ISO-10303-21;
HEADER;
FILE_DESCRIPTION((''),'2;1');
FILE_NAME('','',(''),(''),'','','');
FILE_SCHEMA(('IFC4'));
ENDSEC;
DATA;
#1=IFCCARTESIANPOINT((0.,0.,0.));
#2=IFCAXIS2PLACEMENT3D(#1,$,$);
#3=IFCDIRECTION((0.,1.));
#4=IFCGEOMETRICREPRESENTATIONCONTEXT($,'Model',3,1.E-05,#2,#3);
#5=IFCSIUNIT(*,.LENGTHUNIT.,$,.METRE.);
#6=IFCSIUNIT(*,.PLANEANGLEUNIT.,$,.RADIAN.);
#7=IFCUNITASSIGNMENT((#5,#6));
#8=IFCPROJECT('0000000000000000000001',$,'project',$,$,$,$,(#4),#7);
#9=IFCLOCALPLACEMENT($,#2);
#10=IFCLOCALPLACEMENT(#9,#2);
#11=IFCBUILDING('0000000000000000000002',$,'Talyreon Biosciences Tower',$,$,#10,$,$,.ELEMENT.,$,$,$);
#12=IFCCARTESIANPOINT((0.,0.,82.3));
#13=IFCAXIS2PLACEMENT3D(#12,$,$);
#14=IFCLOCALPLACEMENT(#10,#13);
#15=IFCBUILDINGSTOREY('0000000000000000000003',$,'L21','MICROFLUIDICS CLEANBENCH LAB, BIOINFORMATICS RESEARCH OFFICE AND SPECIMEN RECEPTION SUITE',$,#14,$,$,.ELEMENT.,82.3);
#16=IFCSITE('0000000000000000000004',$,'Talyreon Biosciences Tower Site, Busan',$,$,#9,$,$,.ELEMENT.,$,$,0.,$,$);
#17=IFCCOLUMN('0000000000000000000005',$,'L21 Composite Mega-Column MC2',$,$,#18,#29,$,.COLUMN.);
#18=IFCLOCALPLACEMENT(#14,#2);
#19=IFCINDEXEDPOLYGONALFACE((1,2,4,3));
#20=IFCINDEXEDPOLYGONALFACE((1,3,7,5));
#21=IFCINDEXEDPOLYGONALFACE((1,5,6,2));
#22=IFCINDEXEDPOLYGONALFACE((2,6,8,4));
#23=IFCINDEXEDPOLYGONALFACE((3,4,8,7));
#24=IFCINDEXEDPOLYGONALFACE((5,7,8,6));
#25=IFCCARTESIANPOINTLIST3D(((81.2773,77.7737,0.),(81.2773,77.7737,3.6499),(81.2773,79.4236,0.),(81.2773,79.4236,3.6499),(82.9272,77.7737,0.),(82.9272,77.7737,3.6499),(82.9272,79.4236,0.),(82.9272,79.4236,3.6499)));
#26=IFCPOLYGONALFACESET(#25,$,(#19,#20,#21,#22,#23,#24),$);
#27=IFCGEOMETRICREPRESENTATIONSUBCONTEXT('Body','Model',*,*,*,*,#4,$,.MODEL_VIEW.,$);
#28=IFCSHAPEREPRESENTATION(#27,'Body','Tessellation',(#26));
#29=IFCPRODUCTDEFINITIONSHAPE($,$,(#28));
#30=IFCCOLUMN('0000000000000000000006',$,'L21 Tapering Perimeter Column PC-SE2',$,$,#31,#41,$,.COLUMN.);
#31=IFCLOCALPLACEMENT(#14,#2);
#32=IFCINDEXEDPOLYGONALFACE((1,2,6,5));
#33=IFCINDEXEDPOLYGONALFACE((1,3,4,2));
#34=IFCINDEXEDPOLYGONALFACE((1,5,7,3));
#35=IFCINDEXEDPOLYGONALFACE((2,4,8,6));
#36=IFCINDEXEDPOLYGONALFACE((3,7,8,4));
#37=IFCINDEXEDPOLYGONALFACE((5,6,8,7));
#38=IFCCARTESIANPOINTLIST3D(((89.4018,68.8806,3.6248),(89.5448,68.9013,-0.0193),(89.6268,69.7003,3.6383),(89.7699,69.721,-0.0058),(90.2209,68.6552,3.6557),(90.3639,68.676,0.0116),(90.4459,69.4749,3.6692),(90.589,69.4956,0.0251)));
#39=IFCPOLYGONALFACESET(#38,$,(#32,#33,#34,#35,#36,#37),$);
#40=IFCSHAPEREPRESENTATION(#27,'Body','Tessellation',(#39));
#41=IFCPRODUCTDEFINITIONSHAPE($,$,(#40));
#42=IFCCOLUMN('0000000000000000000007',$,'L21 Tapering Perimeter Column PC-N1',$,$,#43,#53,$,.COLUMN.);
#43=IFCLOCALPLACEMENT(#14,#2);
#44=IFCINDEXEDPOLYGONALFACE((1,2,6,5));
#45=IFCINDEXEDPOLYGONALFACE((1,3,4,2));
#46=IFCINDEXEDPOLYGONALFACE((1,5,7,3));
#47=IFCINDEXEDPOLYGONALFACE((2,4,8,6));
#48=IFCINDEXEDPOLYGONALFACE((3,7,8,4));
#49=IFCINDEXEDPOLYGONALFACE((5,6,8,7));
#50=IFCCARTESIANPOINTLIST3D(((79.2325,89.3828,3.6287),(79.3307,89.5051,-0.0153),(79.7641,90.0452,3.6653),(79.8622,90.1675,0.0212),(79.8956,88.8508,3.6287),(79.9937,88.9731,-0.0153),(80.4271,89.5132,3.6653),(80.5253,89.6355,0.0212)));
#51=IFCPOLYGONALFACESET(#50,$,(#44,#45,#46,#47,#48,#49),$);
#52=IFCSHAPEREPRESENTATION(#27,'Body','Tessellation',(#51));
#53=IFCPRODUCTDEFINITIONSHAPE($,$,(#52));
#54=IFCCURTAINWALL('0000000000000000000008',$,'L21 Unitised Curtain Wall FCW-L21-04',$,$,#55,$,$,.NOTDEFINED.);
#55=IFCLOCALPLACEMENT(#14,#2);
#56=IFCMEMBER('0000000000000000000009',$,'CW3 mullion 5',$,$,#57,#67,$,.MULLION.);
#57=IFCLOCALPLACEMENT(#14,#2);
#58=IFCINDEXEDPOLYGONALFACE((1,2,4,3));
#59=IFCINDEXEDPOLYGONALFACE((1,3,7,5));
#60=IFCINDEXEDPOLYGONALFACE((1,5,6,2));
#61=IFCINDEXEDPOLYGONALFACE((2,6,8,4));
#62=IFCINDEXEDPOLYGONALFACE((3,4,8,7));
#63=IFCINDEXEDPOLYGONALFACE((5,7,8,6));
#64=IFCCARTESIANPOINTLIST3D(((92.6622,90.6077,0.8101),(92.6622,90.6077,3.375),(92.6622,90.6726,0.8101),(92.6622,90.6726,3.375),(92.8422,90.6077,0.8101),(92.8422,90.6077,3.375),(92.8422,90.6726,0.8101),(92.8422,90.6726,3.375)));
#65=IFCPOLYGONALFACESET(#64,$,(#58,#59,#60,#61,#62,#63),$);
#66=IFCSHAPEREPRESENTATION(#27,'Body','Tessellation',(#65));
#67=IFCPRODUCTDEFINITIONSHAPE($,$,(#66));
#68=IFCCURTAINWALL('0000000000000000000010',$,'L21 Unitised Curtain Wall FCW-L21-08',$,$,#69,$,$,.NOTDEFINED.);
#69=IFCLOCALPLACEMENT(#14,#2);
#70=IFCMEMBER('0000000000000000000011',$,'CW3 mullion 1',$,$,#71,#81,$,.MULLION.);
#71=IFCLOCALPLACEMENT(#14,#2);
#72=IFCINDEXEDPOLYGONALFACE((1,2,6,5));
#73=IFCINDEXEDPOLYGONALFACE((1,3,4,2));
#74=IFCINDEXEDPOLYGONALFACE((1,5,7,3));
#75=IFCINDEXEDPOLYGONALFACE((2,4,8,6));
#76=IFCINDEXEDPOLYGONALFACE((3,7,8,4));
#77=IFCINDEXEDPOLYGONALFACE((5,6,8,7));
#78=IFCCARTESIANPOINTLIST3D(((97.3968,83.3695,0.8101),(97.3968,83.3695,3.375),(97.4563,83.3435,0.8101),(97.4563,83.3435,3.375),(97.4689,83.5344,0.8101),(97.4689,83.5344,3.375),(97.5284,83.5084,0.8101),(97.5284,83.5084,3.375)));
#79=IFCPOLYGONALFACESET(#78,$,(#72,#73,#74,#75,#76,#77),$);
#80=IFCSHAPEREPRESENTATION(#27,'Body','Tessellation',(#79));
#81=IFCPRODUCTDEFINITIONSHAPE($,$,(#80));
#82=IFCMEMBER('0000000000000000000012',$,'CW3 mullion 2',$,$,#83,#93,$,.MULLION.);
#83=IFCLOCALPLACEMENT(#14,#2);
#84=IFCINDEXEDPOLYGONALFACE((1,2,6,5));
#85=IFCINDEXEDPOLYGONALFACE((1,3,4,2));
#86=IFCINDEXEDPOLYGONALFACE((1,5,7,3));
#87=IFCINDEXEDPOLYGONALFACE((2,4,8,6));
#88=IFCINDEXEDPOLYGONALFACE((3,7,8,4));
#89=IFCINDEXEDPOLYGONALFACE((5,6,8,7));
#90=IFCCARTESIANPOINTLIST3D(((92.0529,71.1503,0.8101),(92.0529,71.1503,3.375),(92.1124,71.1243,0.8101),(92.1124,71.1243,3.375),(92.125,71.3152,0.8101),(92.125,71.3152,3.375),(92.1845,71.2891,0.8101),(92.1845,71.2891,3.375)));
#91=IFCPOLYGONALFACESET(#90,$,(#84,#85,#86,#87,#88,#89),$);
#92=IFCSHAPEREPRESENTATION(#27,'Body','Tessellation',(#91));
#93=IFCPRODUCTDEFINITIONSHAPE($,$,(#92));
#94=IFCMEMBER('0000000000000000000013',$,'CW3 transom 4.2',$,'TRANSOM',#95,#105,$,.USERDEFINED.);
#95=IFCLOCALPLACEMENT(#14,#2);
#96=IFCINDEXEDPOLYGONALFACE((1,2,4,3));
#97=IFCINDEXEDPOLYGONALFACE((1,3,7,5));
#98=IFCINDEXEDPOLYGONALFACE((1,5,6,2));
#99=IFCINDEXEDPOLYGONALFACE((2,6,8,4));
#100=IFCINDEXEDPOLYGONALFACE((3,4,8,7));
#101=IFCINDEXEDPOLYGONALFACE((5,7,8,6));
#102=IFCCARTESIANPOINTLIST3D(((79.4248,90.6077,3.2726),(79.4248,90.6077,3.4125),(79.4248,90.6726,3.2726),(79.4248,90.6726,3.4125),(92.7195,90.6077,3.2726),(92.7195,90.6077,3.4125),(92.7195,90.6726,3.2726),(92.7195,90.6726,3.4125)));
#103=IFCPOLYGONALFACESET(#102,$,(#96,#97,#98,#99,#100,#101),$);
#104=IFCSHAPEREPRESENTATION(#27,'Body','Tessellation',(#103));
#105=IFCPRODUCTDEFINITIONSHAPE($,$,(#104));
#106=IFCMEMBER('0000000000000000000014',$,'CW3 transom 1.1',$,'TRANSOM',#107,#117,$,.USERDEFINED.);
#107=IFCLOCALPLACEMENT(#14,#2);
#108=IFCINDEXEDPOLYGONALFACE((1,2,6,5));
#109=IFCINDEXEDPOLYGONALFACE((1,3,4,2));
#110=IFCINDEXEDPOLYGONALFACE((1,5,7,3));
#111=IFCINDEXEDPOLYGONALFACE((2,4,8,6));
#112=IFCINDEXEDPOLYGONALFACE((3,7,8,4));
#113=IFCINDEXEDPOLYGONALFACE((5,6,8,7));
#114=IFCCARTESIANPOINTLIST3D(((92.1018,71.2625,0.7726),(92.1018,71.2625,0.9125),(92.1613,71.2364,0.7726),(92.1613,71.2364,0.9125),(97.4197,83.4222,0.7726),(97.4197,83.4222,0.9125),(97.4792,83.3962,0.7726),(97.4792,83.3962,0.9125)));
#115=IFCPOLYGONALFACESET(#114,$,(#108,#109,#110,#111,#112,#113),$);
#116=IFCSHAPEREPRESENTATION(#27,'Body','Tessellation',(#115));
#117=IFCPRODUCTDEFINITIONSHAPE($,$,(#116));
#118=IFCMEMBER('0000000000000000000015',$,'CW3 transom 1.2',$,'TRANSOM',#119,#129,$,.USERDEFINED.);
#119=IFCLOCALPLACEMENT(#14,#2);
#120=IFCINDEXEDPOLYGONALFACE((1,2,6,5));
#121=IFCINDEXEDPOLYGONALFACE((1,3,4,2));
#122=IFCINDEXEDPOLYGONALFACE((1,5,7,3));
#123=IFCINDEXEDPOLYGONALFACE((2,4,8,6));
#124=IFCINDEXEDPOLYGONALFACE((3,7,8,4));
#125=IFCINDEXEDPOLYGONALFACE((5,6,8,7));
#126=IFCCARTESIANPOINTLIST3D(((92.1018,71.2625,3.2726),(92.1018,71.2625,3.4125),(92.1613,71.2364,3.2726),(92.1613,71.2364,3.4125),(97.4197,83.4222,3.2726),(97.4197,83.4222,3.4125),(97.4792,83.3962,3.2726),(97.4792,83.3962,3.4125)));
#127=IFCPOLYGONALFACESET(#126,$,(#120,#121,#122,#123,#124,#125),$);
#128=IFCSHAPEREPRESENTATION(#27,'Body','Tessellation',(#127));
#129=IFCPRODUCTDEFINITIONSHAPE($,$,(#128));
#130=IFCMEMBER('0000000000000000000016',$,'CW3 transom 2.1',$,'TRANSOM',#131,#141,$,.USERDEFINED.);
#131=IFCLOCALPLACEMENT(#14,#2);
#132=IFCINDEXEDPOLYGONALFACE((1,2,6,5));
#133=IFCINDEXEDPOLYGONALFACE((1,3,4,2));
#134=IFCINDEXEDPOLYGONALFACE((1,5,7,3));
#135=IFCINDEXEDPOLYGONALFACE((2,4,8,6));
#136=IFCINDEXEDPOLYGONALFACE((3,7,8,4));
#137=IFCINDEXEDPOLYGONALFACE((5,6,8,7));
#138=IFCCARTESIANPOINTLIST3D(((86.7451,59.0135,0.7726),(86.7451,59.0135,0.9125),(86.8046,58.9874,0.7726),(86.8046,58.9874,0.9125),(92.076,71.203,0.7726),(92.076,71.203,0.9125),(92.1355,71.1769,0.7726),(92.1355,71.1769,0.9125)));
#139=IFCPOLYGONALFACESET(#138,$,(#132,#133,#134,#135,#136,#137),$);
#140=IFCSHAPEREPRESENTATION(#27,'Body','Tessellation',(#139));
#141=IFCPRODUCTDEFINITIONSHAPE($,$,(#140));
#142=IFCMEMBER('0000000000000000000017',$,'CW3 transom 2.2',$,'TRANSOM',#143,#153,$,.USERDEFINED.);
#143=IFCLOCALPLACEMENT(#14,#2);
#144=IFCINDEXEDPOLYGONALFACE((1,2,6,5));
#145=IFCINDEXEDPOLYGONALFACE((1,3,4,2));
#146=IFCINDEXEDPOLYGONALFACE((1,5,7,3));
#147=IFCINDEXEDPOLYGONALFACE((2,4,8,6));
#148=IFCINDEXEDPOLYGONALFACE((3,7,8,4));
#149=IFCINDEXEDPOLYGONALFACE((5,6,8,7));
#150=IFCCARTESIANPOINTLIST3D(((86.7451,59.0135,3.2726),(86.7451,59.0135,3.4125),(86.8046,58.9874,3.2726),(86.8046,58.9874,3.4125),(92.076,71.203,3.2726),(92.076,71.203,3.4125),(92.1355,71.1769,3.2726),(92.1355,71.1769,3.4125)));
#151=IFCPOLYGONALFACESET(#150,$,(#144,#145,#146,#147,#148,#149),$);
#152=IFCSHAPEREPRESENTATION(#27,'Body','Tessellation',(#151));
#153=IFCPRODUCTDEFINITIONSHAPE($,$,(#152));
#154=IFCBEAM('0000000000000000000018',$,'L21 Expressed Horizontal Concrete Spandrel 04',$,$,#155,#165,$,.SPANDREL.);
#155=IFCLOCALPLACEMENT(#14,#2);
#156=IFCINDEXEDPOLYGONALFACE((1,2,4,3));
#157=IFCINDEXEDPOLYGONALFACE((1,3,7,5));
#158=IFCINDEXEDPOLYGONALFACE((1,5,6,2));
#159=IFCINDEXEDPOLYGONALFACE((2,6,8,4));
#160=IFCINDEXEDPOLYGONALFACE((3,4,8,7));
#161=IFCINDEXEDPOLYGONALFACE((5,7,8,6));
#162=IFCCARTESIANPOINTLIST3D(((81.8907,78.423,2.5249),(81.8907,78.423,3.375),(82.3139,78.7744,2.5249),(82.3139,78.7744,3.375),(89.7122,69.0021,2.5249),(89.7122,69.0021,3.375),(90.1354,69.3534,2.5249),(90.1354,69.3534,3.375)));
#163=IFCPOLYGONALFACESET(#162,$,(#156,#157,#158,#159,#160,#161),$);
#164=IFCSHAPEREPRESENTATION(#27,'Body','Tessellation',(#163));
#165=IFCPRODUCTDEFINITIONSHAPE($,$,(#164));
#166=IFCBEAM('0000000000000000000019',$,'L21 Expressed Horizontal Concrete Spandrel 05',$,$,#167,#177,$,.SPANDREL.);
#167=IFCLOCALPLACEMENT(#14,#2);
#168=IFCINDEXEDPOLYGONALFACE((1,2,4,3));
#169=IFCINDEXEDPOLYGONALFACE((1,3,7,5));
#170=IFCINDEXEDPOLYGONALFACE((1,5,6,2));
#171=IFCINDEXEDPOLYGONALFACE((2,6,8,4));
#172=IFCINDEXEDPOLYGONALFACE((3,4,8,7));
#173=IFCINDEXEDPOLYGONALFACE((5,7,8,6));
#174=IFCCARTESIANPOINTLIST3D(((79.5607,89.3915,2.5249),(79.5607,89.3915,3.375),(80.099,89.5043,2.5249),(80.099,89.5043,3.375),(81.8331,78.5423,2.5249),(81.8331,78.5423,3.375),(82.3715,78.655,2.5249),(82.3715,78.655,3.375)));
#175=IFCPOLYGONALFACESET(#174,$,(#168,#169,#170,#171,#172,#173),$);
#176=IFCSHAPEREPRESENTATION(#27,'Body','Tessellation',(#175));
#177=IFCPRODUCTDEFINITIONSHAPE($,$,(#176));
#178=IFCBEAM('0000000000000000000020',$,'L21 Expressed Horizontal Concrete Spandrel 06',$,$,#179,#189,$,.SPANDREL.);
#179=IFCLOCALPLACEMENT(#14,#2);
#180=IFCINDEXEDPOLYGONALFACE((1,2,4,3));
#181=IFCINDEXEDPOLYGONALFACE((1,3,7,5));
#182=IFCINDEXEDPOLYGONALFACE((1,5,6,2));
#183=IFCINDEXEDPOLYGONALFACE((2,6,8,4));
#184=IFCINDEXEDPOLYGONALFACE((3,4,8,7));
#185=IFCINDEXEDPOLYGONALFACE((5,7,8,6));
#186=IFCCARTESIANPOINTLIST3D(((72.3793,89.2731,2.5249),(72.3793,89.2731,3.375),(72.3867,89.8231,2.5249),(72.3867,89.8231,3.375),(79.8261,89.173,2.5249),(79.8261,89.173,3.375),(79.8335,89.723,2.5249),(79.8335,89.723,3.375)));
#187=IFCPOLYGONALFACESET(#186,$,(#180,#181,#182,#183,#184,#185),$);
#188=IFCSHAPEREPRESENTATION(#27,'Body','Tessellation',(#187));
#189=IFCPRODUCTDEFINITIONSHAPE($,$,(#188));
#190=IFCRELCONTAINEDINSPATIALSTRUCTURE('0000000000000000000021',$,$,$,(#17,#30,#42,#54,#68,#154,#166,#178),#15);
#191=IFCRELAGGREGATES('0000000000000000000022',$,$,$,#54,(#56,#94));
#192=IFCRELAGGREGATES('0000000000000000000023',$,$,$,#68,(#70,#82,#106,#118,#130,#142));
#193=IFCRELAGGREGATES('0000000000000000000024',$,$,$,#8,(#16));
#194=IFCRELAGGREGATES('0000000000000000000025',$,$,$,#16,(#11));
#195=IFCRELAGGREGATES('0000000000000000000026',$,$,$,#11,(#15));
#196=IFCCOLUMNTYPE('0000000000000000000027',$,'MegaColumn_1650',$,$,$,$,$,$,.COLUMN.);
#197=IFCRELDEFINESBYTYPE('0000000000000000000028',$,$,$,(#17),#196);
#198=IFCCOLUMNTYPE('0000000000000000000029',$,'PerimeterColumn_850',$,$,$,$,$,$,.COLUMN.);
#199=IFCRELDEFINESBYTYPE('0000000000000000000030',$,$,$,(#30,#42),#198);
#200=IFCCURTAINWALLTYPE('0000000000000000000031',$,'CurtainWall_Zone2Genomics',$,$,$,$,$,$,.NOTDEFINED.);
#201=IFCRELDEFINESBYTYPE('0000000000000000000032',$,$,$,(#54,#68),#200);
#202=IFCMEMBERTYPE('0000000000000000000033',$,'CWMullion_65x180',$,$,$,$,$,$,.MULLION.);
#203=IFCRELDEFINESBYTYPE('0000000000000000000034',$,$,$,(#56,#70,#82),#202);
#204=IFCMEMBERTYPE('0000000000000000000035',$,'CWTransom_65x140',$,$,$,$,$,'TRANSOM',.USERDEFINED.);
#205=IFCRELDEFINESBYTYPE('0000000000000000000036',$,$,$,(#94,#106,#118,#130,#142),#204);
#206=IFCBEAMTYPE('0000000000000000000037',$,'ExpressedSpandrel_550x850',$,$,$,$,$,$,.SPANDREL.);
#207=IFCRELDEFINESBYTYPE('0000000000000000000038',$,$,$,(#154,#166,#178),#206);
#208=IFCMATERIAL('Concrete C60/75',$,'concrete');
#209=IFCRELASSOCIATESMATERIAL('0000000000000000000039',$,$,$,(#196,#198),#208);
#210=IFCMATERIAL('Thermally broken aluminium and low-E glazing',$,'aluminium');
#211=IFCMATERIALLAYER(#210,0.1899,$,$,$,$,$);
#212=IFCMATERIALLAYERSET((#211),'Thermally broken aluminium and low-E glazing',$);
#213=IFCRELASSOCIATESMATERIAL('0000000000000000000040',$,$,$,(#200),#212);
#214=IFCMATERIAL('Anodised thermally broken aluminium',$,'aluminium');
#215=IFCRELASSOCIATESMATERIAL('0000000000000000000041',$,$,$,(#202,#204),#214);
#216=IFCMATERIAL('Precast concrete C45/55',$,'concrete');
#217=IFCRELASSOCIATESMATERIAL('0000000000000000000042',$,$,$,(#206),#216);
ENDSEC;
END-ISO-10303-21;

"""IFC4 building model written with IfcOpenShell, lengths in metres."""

from ifc_helpers import new_model, si_unit, direction, frame, origin, origin_2d, place, context, subcontext, project, spatial, rectangle, extrude, material, layer, layer_set, material_profile, profile_set, type_object, element, aggregate, save


model = new_model("IFC4")

# Units and contexts
model_context = context("Model", 3, precision=1e-05, world=origin(), true_north=direction((0.0, 1.0)))
body_context = subcontext(model_context, "Body", "Model", "MODEL_VIEW")
ifc_project = project(units=[si_unit("LENGTHUNIT", "METRE"), si_unit("PLANEANGLEUNIT", "RADIAN")], contexts=[model_context])

# Site, building, storey
site_placement = place(None, origin())
site = spatial("IfcSite", under=ifc_project, at=site_placement, Name="Talyreon Biosciences Tower Site, Busan", CompositionType="ELEMENT", RefElevation=0.0)
building_placement = place(site_placement, origin())
building = spatial("IfcBuilding", under=site, at=building_placement, Name="Talyreon Biosciences Tower", CompositionType="ELEMENT")
storey_placement = place(building_placement, frame((0.0, 0.0, 82.3)))
storey = spatial("IfcBuildingStorey", under=building, at=storey_placement, Name="L21", Description="MICROFLUIDICS CLEANBENCH LAB, BIOINFORMATICS RESEARCH OFFICE AND SPECIMEN RECEPTION SUITE", CompositionType="ELEMENT", Elevation=82.3)

# Columns
ifc_material_1 = material(Name="Concrete C60/75", Category="concrete")
ifc_material_profile_1 = material_profile(ifc_material_1, rectangle(XDim=1.6499, YDim=1.6499, at=origin_2d()), Name="RC 1650x1650")
ifc_profile_set_1 = profile_set([ifc_material_profile_1], Name="Concrete C60/75")
column_type_1 = type_object("IfcColumnType", Name="MegaColumn_1650", PredefinedType="COLUMN", material=ifc_profile_set_1)
column_1_placement = place(storey_placement, frame((82.1023, 78.5986, 0.0), z_axis=(0.0, 0.0, 1.0), x_axis=(1.0, 0.0, 0.0)))
element("IfcColumn", 1, at=column_1_placement, inside=storey, type_object=column_type_1, Name="L21 Composite Mega-Column MC2", PredefinedType="COLUMN", context=body_context, shape_type="SweptSolid", body=[
    extrude(rectangle(XDim=1.6499, YDim=1.6499, at=origin_2d()), origin(), (0.0, 0.0, 1.0), 3.6499),
])
ifc_material_profile_2 = material_profile(ifc_material_1, rectangle(XDim=0.8501, YDim=0.8501, at=origin_2d()), Name="RC 850x850")
ifc_profile_set_2 = profile_set([ifc_material_profile_2], Name="Concrete C60/75")
column_type_2 = type_object("IfcColumnType", Name="PerimeterColumn_850", PredefinedType="COLUMN", material=ifc_profile_set_2)
column_2_placement = place(storey_placement, frame((90.0669, 69.1985, 0.0029), z_axis=(-0.039229, -0.00569, 0.999214), x_axis=(0.963532, -0.265117, 0.036319)))
element("IfcColumn", 2, at=column_2_placement, inside=storey, type_object=column_type_2, Name="L21 Tapering Perimeter Column PC-SE2", PredefinedType="COLUMN", context=body_context, shape_type="SweptSolid", body=[
    extrude(rectangle(XDim=0.8501, YDim=0.8501, at=origin_2d()), origin(), (0.0, 0.0, 1.0), 3.647),
])
column_3_placement = place(storey_placement, frame((79.928, 89.5703, 0.0029), z_axis=(-0.026908, -0.033535, 0.999075), x_axis=(-0.779957, 0.625834, 0.0)))
element("IfcColumn", 3, at=column_3_placement, inside=storey, type_object=column_type_2, Name="L21 Tapering Perimeter Column PC-N1", PredefinedType="COLUMN", context=body_context, shape_type="SweptSolid", body=[
    extrude(rectangle(XDim=0.8501, YDim=0.8501, at=origin_2d()), origin(), (0.0, 0.0, 1.0), 3.6475),
])

# Curtain wall, member
ifc_material_2 = material(Name="Thermally broken aluminium and low-E glazing", Category="aluminium")
ifc_layer_1 = layer(ifc_material_2, 0.1899)
ifc_layer_set_1 = layer_set([ifc_layer_1], Name="Thermally broken aluminium and low-E glazing")
curtain_wall_type = type_object("IfcCurtainWallType", Name="CurtainWall_Zone2Genomics", PredefinedType="NOTDEFINED", material=ifc_layer_set_1)
curtain_wall_1_placement = place(storey_placement, origin())
curtain_wall_1 = element("IfcCurtainWall", 4, at=curtain_wall_1_placement, inside=storey, type_object=curtain_wall_type, Name="L21 Unitised Curtain Wall FCW-L21-04", PredefinedType="NOTDEFINED")
ifc_material_3 = material(Name="Anodised thermally broken aluminium", Category="aluminium")
ifc_material_profile_3 = material_profile(ifc_material_3, rectangle(XDim=0.0649, YDim=0.1799, at=origin_2d()), Name="ALUM MULLION 65x180")
ifc_profile_set_3 = profile_set([ifc_material_profile_3], Name="Anodised thermally broken aluminium")
member_type_1 = type_object("IfcMemberType", Name="CWMullion_65x180", PredefinedType="MULLION", material=ifc_profile_set_3)
member_1_placement = place(storey_placement, frame((92.7522, 90.6401, 0.8101), z_axis=(0.0, 0.0, 1.0), x_axis=(0.0, 1.0, 0.0)))
member_1 = element("IfcMember", 5, at=member_1_placement, type_object=member_type_1, Name="CW3 mullion 5", PredefinedType="MULLION", context=body_context, shape_type="SweptSolid", body=[
    extrude(rectangle(XDim=0.0649, YDim=0.1799, at=origin_2d()), origin(), (0.0, 0.0, 1.0), 2.5649),
])

# Curtain wall, members
curtain_wall_2_placement = place(storey_placement, origin())
curtain_wall_2 = element("IfcCurtainWall", 6, at=curtain_wall_2_placement, inside=storey, type_object=curtain_wall_type, Name="L21 Unitised Curtain Wall FCW-L21-08", PredefinedType="NOTDEFINED")
member_2_placement = place(storey_placement, frame((97.4626, 83.439, 0.8101), z_axis=(0.0, 0.0, 1.0), x_axis=(0.916214, -0.400689, 0.0)))
member_2 = element("IfcMember", 7, at=member_2_placement, type_object=member_type_1, Name="CW3 mullion 1", PredefinedType="MULLION", context=body_context, shape_type="SweptSolid", body=[
    extrude(rectangle(XDim=0.0649, YDim=0.1799, at=origin_2d()), origin(), (0.0, 0.0, 1.0), 2.5649),
])
member_3_placement = place(storey_placement, frame((92.1187, 71.2197, 0.8101), z_axis=(0.0, 0.0, 1.0), x_axis=(0.916214, -0.400689, 0.0)))
member_3 = element("IfcMember", 8, at=member_3_placement, type_object=member_type_1, Name="CW3 mullion 2", PredefinedType="MULLION", context=body_context, shape_type="SweptSolid", body=[
    extrude(rectangle(XDim=0.0649, YDim=0.1799, at=origin_2d()), origin(), (0.0, 0.0, 1.0), 2.5649),
])

# Members
ifc_material_profile_4 = material_profile(ifc_material_3, rectangle(XDim=0.0649, YDim=0.1399, at=origin_2d()), Name="ALUM TRANSOM 65x140")
ifc_profile_set_4 = profile_set([ifc_material_profile_4], Name="Anodised thermally broken aluminium")
member_type_2 = type_object("IfcMemberType", Name="CWTransom_65x140", ElementType="TRANSOM", PredefinedType="USERDEFINED", material=ifc_profile_set_4)
member_4_placement = place(storey_placement, frame((79.4248, 90.6401, 3.3425), z_axis=(1.0, 0.0, 0.0), x_axis=(0.0, 1.0, 0.0)))
member_4 = element("IfcMember", 9, at=member_4_placement, type_object=member_type_2, Name="CW3 transom 4.2", ObjectType="TRANSOM", PredefinedType="USERDEFINED", context=body_context, shape_type="SweptSolid", body=[
    extrude(rectangle(XDim=0.0649, YDim=0.1399, at=origin_2d()), origin(), (0.0, 0.0, 1.0), 13.2947),
])
member_5_placement = place(storey_placement, frame((97.4495, 83.4092, 0.8425), z_axis=(-0.400693, -0.916212, 0.0), x_axis=(0.916212, -0.400693, 0.0)))
member_5 = element("IfcMember", 10, at=member_5_placement, type_object=member_type_2, Name="CW3 transom 1.1", ObjectType="TRANSOM", PredefinedType="USERDEFINED", context=body_context, shape_type="SweptSolid", body=[
    extrude(rectangle(XDim=0.0649, YDim=0.1399, at=origin_2d()), origin(), (0.0, 0.0, 1.0), 13.2717),
])
member_6_placement = place(storey_placement, frame((97.4495, 83.4092, 3.3425), z_axis=(-0.400693, -0.916212, 0.0), x_axis=(0.916212, -0.400693, 0.0)))
member_6 = element("IfcMember", 11, at=member_6_placement, type_object=member_type_2, Name="CW3 transom 1.2", ObjectType="TRANSOM", PredefinedType="USERDEFINED", context=body_context, shape_type="SweptSolid", body=[
    extrude(rectangle(XDim=0.0649, YDim=0.1399, at=origin_2d()), origin(), (0.0, 0.0, 1.0), 13.2717),
])
member_7_placement = place(storey_placement, frame((92.1057, 71.1899, 0.8425), z_axis=(-0.400688, -0.916215, 0.0), x_axis=(0.916215, -0.400688, 0.0)))
member_7 = element("IfcMember", 12, at=member_7_placement, type_object=member_type_2, Name="CW3 transom 2.1", ObjectType="TRANSOM", PredefinedType="USERDEFINED", context=body_context, shape_type="SweptSolid", body=[
    extrude(rectangle(XDim=0.0649, YDim=0.1399, at=origin_2d()), origin(), (0.0, 0.0, 1.0), 13.3042),
])
member_8_placement = place(storey_placement, frame((92.1057, 71.1899, 3.3425), z_axis=(-0.400688, -0.916215, 0.0), x_axis=(0.916215, -0.400688, 0.0)))
member_8 = element("IfcMember", 13, at=member_8_placement, type_object=member_type_2, Name="CW3 transom 2.2", ObjectType="TRANSOM", PredefinedType="USERDEFINED", context=body_context, shape_type="SweptSolid", body=[
    extrude(rectangle(XDim=0.0649, YDim=0.1399, at=origin_2d()), origin(), (0.0, 0.0, 1.0), 13.3042),
])

# Beams
ifc_material_4 = material(Name="Precast concrete C45/55", Category="concrete")
ifc_material_profile_5 = material_profile(ifc_material_4, rectangle(XDim=0.55, YDim=0.8501, at=origin_2d()), Name="RCB 550x850")
ifc_profile_set_5 = profile_set([ifc_material_profile_5], Name="Precast concrete C45/55")
beam_type_1 = type_object("IfcBeamType", Name="ExpressedSpandrel_550x850", PredefinedType="SPANDREL", material=ifc_profile_set_5)
beam_1_placement = place(storey_placement, frame((89.9238, 69.1777, 2.95), z_axis=(-0.638775, 0.769393, 0.0), x_axis=(-0.769393, -0.638775, 0.0)))
element("IfcBeam", 14, at=beam_1_placement, inside=storey, type_object=beam_type_1, Name="L21 Expressed Horizontal Concrete Spandrel 04", PredefinedType="SPANDREL", context=body_context, shape_type="SweptSolid", body=[
    extrude(rectangle(XDim=0.55, YDim=0.8501, at=origin_2d()), origin(), (0.0, 0.0, 1.0), 12.2446),
])
beam_2_placement = place(storey_placement, frame((82.1023, 78.5986, 2.95), z_axis=(-0.205007, 0.978761, 0.0), x_axis=(-0.978761, -0.205007, 0.0)))
element("IfcBeam", 15, at=beam_2_placement, inside=storey, type_object=beam_type_1, Name="L21 Expressed Horizontal Concrete Spandrel 05", PredefinedType="SPANDREL", context=body_context, shape_type="SweptSolid", body=[
    extrude(rectangle(XDim=0.55, YDim=0.8501, at=origin_2d()), origin(), (0.0, 0.0, 1.0), 11.0847),
])
beam_3_placement = place(storey_placement, frame((79.8298, 89.448, 2.95), z_axis=(-0.99991, 0.013441, 0.0), x_axis=(-0.013441, -0.99991, 0.0)))
element("IfcBeam", 16, at=beam_3_placement, inside=storey, type_object=beam_type_1, Name="L21 Expressed Horizontal Concrete Spandrel 06", PredefinedType="SPANDREL", context=body_context, shape_type="SweptSolid", body=[
    extrude(rectangle(XDim=0.55, YDim=0.8501, at=origin_2d()), origin(), (0.0, 0.0, 1.0), 7.4475),
])

aggregate(curtain_wall_1, [member_1, member_4])
aggregate(curtain_wall_2, [member_2, member_3, member_5, member_6, member_7, member_8])

save(model, "model.ifc")
